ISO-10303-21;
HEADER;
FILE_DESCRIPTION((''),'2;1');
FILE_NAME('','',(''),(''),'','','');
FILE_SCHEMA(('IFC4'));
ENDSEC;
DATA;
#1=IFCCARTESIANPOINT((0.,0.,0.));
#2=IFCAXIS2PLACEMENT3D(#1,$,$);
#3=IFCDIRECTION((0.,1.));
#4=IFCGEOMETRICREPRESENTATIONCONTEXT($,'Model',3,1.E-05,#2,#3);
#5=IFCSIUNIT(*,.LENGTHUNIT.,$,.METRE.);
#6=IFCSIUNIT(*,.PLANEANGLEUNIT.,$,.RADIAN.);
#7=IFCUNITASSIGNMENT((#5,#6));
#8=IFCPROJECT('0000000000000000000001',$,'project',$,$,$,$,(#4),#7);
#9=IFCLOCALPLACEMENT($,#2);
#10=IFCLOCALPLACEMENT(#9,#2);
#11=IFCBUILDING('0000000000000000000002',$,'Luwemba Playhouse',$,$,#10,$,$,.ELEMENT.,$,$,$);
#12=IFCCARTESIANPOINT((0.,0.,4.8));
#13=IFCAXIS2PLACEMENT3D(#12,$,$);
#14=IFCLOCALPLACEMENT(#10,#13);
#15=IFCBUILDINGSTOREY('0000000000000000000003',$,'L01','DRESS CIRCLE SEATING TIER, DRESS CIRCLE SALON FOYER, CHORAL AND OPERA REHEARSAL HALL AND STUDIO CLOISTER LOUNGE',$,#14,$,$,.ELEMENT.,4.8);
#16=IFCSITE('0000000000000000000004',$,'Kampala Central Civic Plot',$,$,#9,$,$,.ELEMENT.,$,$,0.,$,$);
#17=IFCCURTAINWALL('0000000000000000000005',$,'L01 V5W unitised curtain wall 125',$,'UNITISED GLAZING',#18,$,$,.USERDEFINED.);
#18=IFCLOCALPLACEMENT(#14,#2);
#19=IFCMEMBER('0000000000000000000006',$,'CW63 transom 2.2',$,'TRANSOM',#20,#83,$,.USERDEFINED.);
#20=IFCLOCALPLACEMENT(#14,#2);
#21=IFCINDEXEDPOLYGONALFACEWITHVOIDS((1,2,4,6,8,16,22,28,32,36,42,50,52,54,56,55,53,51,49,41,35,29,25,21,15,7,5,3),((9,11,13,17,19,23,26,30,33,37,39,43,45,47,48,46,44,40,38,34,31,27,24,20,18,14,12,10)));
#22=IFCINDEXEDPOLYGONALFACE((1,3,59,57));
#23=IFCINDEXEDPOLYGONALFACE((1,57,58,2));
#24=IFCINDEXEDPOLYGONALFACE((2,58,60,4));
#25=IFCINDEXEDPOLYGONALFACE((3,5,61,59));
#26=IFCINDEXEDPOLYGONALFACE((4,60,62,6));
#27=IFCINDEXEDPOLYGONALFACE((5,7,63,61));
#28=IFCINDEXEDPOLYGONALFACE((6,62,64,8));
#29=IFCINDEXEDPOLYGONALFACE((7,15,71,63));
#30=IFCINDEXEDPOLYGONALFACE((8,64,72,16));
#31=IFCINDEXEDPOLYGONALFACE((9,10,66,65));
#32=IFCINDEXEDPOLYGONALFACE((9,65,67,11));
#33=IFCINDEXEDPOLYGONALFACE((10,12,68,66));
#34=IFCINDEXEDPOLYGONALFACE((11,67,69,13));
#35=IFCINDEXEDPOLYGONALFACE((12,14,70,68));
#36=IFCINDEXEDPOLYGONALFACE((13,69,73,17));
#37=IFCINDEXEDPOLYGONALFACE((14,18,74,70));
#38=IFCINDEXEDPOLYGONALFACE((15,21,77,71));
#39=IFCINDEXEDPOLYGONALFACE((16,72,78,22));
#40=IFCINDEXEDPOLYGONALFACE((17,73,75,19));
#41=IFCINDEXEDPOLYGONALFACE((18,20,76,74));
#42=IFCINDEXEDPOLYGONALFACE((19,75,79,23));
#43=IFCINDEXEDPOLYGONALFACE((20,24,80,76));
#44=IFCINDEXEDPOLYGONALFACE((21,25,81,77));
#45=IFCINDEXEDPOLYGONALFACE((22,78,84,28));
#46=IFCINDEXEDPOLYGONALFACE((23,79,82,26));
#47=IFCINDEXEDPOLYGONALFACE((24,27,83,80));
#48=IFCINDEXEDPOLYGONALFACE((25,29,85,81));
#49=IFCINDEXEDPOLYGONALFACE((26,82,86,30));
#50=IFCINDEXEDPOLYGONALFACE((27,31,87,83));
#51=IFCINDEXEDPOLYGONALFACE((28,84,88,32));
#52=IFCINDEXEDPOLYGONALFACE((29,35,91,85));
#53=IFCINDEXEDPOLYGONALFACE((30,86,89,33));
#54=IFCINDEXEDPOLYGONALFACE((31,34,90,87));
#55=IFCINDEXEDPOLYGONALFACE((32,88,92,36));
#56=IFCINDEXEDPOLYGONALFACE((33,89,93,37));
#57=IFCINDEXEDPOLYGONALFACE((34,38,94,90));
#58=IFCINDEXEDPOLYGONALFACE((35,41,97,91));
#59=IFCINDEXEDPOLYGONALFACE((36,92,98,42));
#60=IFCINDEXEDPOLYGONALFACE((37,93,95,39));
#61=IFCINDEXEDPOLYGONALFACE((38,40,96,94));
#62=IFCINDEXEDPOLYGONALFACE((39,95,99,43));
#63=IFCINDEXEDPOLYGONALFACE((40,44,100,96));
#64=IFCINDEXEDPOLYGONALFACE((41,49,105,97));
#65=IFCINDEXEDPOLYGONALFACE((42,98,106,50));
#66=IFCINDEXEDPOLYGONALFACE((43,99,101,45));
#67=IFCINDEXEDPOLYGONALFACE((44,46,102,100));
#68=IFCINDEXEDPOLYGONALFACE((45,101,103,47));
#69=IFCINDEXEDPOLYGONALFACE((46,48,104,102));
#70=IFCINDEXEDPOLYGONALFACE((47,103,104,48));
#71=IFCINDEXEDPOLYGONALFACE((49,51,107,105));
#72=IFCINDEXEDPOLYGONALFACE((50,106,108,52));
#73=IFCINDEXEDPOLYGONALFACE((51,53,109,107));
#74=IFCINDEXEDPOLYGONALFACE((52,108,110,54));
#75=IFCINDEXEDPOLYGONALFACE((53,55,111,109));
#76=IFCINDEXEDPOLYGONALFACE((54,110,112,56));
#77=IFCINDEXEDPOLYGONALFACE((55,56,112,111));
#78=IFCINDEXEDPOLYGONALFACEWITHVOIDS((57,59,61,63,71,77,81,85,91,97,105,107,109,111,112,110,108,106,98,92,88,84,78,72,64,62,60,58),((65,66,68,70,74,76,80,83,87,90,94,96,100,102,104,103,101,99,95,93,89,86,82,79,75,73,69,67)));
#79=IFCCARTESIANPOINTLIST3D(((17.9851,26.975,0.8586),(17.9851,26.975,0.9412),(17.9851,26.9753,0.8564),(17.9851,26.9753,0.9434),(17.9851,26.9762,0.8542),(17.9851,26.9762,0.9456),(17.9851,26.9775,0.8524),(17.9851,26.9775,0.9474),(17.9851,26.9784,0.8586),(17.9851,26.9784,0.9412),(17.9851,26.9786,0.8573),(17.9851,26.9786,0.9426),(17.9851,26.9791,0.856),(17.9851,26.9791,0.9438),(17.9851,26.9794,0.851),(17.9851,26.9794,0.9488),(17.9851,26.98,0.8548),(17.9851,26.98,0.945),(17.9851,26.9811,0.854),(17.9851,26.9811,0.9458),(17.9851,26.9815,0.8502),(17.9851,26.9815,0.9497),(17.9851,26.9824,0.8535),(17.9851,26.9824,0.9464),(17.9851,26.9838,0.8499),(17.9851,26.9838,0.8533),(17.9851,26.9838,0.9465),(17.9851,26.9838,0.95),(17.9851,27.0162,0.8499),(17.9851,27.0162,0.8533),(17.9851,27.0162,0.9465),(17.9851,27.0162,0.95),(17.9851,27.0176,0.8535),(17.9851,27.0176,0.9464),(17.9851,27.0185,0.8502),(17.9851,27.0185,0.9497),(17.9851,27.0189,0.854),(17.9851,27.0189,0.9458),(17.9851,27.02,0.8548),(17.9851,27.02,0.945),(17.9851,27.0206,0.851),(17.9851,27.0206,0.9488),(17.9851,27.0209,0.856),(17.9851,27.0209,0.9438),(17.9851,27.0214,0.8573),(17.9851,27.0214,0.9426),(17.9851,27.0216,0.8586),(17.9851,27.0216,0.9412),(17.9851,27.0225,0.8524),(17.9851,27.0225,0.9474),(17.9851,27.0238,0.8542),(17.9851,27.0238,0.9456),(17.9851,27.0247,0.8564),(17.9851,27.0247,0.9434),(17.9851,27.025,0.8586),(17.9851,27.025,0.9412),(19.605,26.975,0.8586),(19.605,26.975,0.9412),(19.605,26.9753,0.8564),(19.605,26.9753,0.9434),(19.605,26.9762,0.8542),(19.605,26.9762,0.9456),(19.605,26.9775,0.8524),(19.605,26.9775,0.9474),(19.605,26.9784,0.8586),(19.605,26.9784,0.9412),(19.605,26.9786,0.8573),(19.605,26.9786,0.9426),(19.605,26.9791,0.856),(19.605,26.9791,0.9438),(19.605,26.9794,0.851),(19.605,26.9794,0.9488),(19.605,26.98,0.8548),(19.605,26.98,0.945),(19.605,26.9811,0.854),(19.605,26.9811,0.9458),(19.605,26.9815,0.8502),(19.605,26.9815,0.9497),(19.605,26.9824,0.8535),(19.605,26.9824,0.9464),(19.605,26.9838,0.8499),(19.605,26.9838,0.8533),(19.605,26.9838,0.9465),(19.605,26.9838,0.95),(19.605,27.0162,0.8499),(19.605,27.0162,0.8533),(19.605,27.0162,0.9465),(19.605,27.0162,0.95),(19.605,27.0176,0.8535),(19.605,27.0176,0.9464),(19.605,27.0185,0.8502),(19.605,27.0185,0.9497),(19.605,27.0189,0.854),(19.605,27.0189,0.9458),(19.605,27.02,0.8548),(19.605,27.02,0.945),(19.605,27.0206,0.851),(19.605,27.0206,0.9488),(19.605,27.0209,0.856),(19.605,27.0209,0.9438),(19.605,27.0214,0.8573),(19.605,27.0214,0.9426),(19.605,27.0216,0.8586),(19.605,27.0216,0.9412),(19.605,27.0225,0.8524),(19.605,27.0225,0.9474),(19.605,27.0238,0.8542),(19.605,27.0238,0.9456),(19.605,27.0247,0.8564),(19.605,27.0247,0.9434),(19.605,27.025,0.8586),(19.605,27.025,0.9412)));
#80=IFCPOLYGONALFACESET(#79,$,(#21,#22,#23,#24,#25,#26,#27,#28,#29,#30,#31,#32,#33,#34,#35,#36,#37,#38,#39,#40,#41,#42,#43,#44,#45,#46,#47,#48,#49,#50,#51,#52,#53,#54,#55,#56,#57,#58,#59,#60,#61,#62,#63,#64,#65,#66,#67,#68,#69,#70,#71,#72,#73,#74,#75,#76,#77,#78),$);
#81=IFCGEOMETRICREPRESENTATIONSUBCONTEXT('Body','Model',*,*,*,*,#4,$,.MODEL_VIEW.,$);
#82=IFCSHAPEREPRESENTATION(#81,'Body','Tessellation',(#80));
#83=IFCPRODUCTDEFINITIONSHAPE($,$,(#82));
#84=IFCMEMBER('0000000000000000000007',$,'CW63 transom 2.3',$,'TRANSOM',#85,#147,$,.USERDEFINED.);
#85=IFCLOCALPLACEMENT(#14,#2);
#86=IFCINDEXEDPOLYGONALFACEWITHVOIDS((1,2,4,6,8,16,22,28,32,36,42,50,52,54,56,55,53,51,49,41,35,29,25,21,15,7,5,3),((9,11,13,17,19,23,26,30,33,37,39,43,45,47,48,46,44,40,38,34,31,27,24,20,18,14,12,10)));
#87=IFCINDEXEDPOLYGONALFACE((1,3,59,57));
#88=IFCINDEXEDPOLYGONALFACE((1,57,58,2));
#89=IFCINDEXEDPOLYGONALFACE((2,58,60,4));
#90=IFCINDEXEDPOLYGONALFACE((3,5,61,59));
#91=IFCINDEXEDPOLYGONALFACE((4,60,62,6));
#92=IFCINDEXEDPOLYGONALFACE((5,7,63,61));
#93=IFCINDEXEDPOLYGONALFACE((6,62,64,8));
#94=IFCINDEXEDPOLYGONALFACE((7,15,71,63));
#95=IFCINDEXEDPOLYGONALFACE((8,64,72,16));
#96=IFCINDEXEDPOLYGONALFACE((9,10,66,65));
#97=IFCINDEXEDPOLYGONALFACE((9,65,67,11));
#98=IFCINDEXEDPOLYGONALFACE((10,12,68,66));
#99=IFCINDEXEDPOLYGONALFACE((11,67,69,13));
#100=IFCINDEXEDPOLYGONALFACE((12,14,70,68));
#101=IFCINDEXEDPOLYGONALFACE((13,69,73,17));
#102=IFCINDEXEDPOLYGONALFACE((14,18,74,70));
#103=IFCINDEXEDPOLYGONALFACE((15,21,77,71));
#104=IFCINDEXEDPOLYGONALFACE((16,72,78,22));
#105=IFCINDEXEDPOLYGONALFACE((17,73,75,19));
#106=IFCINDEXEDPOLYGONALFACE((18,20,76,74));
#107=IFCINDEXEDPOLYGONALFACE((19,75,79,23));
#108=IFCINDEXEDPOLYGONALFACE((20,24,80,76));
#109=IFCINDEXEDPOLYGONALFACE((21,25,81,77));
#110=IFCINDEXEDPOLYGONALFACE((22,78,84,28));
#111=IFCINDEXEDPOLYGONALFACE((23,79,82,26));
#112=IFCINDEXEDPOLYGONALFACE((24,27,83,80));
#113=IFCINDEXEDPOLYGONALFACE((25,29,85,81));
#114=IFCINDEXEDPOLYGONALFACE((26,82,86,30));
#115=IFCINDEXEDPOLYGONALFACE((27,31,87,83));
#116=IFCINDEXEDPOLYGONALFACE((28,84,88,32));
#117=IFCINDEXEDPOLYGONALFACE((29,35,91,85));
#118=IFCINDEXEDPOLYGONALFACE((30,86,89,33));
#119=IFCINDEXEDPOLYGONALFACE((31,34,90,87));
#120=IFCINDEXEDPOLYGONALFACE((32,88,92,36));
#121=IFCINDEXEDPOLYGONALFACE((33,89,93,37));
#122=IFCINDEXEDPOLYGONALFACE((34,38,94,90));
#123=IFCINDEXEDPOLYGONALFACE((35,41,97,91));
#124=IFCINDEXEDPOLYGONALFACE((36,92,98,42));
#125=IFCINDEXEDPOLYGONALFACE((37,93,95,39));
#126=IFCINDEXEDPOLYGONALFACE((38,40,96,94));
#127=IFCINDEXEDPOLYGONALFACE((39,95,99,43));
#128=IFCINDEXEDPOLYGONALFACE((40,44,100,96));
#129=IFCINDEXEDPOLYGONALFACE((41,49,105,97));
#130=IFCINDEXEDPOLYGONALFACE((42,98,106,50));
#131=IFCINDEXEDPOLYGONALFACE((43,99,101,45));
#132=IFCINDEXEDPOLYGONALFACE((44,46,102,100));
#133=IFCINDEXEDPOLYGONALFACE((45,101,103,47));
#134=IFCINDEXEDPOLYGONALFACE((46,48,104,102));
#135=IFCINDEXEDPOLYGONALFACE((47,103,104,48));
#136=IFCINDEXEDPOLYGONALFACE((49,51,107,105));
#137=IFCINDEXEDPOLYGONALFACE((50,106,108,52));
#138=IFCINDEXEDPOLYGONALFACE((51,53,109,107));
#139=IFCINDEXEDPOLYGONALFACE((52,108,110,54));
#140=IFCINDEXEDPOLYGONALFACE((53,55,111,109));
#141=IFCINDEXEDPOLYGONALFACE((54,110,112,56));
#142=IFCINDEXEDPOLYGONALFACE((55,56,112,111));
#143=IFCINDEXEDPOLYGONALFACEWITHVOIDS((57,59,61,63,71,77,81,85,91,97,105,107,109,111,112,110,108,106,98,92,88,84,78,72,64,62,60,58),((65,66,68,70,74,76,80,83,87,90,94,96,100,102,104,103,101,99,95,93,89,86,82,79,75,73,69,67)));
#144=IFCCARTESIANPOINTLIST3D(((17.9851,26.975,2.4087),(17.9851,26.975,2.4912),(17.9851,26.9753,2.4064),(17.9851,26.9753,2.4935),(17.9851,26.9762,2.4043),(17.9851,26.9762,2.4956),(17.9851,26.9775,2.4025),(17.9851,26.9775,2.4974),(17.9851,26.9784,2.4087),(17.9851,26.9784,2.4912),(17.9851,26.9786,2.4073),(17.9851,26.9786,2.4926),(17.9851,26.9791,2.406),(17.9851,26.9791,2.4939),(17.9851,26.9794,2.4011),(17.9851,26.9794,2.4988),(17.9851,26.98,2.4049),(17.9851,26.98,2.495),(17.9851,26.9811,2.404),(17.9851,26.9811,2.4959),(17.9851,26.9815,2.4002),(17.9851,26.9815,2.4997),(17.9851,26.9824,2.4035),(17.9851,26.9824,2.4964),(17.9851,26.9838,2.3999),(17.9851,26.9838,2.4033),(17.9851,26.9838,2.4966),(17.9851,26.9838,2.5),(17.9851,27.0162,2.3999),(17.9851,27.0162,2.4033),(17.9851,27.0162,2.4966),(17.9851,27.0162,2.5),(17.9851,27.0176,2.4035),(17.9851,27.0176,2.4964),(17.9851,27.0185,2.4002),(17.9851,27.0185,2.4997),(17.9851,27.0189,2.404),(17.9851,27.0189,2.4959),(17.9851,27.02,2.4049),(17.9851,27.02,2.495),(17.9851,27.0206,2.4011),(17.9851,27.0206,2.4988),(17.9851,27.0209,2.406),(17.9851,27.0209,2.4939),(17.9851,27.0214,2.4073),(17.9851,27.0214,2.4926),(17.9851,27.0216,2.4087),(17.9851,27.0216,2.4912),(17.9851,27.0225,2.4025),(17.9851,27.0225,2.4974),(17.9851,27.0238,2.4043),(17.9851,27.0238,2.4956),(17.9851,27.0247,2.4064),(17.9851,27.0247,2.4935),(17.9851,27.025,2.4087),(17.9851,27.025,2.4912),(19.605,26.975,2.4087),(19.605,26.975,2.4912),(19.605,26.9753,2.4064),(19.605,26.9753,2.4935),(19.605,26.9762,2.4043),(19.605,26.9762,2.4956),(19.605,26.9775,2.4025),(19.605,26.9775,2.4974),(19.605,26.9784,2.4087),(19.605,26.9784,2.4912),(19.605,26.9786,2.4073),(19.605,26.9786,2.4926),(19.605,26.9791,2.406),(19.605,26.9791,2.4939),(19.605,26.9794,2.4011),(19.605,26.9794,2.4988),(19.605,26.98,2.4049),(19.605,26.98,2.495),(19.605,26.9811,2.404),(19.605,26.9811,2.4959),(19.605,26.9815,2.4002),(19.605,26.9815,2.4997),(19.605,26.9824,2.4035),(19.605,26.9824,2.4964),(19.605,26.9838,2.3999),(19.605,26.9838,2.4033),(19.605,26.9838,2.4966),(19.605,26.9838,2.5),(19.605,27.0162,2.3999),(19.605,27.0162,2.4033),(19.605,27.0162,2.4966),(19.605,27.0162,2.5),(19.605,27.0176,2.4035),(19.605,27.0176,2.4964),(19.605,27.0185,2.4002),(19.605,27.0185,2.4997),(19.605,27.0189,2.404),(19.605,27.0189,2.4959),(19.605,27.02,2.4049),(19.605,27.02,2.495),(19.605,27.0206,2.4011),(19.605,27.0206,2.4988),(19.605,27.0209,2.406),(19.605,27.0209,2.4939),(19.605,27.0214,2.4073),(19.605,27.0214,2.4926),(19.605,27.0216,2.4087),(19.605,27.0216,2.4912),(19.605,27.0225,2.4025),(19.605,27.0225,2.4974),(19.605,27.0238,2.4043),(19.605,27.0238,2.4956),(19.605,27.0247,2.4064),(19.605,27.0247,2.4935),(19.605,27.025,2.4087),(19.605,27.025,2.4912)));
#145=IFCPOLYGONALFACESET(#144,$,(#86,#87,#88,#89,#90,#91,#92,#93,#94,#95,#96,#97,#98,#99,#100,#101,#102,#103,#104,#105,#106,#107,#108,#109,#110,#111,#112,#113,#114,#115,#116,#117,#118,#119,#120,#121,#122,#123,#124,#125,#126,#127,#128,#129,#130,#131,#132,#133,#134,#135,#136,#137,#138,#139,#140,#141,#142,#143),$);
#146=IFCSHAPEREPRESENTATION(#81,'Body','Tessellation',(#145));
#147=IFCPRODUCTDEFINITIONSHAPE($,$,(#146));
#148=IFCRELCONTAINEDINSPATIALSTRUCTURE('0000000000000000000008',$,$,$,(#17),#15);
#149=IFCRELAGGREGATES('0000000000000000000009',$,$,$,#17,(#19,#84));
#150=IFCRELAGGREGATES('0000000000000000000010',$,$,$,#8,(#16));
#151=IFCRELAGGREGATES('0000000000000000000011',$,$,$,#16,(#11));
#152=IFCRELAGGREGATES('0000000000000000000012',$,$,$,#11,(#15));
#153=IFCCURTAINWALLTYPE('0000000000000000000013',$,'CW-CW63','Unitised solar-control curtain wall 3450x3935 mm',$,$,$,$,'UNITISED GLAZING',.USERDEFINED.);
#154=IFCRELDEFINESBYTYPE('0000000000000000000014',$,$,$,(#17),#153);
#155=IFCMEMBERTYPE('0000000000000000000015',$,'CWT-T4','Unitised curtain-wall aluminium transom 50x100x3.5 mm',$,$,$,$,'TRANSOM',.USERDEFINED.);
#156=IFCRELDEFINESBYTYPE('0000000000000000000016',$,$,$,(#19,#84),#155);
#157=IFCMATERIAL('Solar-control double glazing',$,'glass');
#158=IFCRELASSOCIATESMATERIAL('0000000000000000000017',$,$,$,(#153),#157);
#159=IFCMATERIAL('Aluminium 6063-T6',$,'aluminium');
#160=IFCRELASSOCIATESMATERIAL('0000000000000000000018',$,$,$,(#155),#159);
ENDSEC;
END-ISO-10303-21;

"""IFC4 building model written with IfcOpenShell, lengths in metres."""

from ifc_helpers import new_model, si_unit, direction, frame, origin, origin_2d, place, context, subcontext, project, spatial, hollow_rectangle, extrude, material, material_profile, profile_set, type_object, element, aggregate, save


model = new_model("IFC4")

# Units and contexts
model_context = context("Model", 3, precision=1e-05, world=origin(), true_north=direction((0.0, 1.0)))
body_context = subcontext(model_context, "Body", "Model", "MODEL_VIEW")
ifc_project = project(units=[si_unit("LENGTHUNIT", "METRE"), si_unit("PLANEANGLEUNIT", "RADIAN")], contexts=[model_context])

# Site, building, storey
site_placement = place(None, origin())
site = spatial("IfcSite", under=ifc_project, at=site_placement, Name="Kampala Central Civic Plot", CompositionType="ELEMENT", RefElevation=0.0)
building_placement = place(site_placement, origin())
building = spatial("IfcBuilding", under=site, at=building_placement, Name="Luwemba Playhouse", CompositionType="ELEMENT")
storey_placement = place(building_placement, frame((0.0, 0.0, 4.8)))
storey = spatial("IfcBuildingStorey", under=building, at=storey_placement, Name="L01", Description="DRESS CIRCLE SEATING TIER, DRESS CIRCLE SALON FOYER, CHORAL AND OPERA REHEARSAL HALL AND STUDIO CLOISTER LOUNGE", CompositionType="ELEMENT", Elevation=4.8)

# Curtain wall
ifc_material_1 = material(Name="Solar-control double glazing", Category="glass")
ifc_material_2 = material(Name="Aluminium 6063-T6", Category="aluminium")
curtain_wall_type_1 = type_object("IfcCurtainWallType", Name="CW-CW63", Description="Unitised solar-control curtain wall 3450x3935 mm", ElementType="UNITISED GLAZING", PredefinedType="USERDEFINED", material=ifc_material_1)
curtain_wall_1_placement = place(storey_placement, origin())
curtain_wall_1 = element("IfcCurtainWall", 1, at=curtain_wall_1_placement, inside=storey, type_object=curtain_wall_type_1, Name="L01 V5W unitised curtain wall 125", ObjectType="UNITISED GLAZING", PredefinedType="USERDEFINED")

# Members
ifc_material_profile_1 = material_profile(ifc_material_2, hollow_rectangle(XDim=0.05, YDim=0.1001, WallThickness=0.0034, InnerFilletRadius=0.0054, OuterFilletRadius=0.0088, at=origin_2d()))
ifc_profile_set_1 = profile_set([ifc_material_profile_1], Name="Aluminium 6063-T6")
member_type_1 = type_object("IfcMemberType", Name="CWT-T4", Description="Unitised curtain-wall aluminium transom 50x100x3.5 mm", ElementType="TRANSOM", PredefinedType="USERDEFINED", material=ifc_profile_set_1)
member_1_placement = place(storey_placement, frame((17.9851, 27.0, 0.8999), z_axis=(1.0, 0.0, 0.0), x_axis=(0.0, 1.0, 0.0)))
member_1 = element("IfcMember", 2, at=member_1_placement, type_object=member_type_1, Name="CW63 transom 2.2", ObjectType="TRANSOM", PredefinedType="USERDEFINED", context=body_context, shape_type="SweptSolid", body=[
    extrude(hollow_rectangle(XDim=0.05, YDim=0.1001, WallThickness=0.0034, InnerFilletRadius=0.0054, OuterFilletRadius=0.0088, at=origin_2d()), origin(), (0.0, 0.0, 1.0), 1.6199),
])
member_2_placement = place(storey_placement, frame((17.9851, 27.0, 2.45), z_axis=(1.0, 0.0, 0.0), x_axis=(0.0, 1.0, 0.0)))
member_2 = element("IfcMember", 3, at=member_2_placement, type_object=member_type_1, Name="CW63 transom 2.3", ObjectType="TRANSOM", PredefinedType="USERDEFINED", context=body_context, shape_type="SweptSolid", body=[
    extrude(hollow_rectangle(XDim=0.05, YDim=0.1001, WallThickness=0.0034, InnerFilletRadius=0.0054, OuterFilletRadius=0.0088, at=origin_2d()), origin(), (0.0, 0.0, 1.0), 1.6199),
])

aggregate(curtain_wall_1, [member_1, member_2])

save(model, "model.ifc")
